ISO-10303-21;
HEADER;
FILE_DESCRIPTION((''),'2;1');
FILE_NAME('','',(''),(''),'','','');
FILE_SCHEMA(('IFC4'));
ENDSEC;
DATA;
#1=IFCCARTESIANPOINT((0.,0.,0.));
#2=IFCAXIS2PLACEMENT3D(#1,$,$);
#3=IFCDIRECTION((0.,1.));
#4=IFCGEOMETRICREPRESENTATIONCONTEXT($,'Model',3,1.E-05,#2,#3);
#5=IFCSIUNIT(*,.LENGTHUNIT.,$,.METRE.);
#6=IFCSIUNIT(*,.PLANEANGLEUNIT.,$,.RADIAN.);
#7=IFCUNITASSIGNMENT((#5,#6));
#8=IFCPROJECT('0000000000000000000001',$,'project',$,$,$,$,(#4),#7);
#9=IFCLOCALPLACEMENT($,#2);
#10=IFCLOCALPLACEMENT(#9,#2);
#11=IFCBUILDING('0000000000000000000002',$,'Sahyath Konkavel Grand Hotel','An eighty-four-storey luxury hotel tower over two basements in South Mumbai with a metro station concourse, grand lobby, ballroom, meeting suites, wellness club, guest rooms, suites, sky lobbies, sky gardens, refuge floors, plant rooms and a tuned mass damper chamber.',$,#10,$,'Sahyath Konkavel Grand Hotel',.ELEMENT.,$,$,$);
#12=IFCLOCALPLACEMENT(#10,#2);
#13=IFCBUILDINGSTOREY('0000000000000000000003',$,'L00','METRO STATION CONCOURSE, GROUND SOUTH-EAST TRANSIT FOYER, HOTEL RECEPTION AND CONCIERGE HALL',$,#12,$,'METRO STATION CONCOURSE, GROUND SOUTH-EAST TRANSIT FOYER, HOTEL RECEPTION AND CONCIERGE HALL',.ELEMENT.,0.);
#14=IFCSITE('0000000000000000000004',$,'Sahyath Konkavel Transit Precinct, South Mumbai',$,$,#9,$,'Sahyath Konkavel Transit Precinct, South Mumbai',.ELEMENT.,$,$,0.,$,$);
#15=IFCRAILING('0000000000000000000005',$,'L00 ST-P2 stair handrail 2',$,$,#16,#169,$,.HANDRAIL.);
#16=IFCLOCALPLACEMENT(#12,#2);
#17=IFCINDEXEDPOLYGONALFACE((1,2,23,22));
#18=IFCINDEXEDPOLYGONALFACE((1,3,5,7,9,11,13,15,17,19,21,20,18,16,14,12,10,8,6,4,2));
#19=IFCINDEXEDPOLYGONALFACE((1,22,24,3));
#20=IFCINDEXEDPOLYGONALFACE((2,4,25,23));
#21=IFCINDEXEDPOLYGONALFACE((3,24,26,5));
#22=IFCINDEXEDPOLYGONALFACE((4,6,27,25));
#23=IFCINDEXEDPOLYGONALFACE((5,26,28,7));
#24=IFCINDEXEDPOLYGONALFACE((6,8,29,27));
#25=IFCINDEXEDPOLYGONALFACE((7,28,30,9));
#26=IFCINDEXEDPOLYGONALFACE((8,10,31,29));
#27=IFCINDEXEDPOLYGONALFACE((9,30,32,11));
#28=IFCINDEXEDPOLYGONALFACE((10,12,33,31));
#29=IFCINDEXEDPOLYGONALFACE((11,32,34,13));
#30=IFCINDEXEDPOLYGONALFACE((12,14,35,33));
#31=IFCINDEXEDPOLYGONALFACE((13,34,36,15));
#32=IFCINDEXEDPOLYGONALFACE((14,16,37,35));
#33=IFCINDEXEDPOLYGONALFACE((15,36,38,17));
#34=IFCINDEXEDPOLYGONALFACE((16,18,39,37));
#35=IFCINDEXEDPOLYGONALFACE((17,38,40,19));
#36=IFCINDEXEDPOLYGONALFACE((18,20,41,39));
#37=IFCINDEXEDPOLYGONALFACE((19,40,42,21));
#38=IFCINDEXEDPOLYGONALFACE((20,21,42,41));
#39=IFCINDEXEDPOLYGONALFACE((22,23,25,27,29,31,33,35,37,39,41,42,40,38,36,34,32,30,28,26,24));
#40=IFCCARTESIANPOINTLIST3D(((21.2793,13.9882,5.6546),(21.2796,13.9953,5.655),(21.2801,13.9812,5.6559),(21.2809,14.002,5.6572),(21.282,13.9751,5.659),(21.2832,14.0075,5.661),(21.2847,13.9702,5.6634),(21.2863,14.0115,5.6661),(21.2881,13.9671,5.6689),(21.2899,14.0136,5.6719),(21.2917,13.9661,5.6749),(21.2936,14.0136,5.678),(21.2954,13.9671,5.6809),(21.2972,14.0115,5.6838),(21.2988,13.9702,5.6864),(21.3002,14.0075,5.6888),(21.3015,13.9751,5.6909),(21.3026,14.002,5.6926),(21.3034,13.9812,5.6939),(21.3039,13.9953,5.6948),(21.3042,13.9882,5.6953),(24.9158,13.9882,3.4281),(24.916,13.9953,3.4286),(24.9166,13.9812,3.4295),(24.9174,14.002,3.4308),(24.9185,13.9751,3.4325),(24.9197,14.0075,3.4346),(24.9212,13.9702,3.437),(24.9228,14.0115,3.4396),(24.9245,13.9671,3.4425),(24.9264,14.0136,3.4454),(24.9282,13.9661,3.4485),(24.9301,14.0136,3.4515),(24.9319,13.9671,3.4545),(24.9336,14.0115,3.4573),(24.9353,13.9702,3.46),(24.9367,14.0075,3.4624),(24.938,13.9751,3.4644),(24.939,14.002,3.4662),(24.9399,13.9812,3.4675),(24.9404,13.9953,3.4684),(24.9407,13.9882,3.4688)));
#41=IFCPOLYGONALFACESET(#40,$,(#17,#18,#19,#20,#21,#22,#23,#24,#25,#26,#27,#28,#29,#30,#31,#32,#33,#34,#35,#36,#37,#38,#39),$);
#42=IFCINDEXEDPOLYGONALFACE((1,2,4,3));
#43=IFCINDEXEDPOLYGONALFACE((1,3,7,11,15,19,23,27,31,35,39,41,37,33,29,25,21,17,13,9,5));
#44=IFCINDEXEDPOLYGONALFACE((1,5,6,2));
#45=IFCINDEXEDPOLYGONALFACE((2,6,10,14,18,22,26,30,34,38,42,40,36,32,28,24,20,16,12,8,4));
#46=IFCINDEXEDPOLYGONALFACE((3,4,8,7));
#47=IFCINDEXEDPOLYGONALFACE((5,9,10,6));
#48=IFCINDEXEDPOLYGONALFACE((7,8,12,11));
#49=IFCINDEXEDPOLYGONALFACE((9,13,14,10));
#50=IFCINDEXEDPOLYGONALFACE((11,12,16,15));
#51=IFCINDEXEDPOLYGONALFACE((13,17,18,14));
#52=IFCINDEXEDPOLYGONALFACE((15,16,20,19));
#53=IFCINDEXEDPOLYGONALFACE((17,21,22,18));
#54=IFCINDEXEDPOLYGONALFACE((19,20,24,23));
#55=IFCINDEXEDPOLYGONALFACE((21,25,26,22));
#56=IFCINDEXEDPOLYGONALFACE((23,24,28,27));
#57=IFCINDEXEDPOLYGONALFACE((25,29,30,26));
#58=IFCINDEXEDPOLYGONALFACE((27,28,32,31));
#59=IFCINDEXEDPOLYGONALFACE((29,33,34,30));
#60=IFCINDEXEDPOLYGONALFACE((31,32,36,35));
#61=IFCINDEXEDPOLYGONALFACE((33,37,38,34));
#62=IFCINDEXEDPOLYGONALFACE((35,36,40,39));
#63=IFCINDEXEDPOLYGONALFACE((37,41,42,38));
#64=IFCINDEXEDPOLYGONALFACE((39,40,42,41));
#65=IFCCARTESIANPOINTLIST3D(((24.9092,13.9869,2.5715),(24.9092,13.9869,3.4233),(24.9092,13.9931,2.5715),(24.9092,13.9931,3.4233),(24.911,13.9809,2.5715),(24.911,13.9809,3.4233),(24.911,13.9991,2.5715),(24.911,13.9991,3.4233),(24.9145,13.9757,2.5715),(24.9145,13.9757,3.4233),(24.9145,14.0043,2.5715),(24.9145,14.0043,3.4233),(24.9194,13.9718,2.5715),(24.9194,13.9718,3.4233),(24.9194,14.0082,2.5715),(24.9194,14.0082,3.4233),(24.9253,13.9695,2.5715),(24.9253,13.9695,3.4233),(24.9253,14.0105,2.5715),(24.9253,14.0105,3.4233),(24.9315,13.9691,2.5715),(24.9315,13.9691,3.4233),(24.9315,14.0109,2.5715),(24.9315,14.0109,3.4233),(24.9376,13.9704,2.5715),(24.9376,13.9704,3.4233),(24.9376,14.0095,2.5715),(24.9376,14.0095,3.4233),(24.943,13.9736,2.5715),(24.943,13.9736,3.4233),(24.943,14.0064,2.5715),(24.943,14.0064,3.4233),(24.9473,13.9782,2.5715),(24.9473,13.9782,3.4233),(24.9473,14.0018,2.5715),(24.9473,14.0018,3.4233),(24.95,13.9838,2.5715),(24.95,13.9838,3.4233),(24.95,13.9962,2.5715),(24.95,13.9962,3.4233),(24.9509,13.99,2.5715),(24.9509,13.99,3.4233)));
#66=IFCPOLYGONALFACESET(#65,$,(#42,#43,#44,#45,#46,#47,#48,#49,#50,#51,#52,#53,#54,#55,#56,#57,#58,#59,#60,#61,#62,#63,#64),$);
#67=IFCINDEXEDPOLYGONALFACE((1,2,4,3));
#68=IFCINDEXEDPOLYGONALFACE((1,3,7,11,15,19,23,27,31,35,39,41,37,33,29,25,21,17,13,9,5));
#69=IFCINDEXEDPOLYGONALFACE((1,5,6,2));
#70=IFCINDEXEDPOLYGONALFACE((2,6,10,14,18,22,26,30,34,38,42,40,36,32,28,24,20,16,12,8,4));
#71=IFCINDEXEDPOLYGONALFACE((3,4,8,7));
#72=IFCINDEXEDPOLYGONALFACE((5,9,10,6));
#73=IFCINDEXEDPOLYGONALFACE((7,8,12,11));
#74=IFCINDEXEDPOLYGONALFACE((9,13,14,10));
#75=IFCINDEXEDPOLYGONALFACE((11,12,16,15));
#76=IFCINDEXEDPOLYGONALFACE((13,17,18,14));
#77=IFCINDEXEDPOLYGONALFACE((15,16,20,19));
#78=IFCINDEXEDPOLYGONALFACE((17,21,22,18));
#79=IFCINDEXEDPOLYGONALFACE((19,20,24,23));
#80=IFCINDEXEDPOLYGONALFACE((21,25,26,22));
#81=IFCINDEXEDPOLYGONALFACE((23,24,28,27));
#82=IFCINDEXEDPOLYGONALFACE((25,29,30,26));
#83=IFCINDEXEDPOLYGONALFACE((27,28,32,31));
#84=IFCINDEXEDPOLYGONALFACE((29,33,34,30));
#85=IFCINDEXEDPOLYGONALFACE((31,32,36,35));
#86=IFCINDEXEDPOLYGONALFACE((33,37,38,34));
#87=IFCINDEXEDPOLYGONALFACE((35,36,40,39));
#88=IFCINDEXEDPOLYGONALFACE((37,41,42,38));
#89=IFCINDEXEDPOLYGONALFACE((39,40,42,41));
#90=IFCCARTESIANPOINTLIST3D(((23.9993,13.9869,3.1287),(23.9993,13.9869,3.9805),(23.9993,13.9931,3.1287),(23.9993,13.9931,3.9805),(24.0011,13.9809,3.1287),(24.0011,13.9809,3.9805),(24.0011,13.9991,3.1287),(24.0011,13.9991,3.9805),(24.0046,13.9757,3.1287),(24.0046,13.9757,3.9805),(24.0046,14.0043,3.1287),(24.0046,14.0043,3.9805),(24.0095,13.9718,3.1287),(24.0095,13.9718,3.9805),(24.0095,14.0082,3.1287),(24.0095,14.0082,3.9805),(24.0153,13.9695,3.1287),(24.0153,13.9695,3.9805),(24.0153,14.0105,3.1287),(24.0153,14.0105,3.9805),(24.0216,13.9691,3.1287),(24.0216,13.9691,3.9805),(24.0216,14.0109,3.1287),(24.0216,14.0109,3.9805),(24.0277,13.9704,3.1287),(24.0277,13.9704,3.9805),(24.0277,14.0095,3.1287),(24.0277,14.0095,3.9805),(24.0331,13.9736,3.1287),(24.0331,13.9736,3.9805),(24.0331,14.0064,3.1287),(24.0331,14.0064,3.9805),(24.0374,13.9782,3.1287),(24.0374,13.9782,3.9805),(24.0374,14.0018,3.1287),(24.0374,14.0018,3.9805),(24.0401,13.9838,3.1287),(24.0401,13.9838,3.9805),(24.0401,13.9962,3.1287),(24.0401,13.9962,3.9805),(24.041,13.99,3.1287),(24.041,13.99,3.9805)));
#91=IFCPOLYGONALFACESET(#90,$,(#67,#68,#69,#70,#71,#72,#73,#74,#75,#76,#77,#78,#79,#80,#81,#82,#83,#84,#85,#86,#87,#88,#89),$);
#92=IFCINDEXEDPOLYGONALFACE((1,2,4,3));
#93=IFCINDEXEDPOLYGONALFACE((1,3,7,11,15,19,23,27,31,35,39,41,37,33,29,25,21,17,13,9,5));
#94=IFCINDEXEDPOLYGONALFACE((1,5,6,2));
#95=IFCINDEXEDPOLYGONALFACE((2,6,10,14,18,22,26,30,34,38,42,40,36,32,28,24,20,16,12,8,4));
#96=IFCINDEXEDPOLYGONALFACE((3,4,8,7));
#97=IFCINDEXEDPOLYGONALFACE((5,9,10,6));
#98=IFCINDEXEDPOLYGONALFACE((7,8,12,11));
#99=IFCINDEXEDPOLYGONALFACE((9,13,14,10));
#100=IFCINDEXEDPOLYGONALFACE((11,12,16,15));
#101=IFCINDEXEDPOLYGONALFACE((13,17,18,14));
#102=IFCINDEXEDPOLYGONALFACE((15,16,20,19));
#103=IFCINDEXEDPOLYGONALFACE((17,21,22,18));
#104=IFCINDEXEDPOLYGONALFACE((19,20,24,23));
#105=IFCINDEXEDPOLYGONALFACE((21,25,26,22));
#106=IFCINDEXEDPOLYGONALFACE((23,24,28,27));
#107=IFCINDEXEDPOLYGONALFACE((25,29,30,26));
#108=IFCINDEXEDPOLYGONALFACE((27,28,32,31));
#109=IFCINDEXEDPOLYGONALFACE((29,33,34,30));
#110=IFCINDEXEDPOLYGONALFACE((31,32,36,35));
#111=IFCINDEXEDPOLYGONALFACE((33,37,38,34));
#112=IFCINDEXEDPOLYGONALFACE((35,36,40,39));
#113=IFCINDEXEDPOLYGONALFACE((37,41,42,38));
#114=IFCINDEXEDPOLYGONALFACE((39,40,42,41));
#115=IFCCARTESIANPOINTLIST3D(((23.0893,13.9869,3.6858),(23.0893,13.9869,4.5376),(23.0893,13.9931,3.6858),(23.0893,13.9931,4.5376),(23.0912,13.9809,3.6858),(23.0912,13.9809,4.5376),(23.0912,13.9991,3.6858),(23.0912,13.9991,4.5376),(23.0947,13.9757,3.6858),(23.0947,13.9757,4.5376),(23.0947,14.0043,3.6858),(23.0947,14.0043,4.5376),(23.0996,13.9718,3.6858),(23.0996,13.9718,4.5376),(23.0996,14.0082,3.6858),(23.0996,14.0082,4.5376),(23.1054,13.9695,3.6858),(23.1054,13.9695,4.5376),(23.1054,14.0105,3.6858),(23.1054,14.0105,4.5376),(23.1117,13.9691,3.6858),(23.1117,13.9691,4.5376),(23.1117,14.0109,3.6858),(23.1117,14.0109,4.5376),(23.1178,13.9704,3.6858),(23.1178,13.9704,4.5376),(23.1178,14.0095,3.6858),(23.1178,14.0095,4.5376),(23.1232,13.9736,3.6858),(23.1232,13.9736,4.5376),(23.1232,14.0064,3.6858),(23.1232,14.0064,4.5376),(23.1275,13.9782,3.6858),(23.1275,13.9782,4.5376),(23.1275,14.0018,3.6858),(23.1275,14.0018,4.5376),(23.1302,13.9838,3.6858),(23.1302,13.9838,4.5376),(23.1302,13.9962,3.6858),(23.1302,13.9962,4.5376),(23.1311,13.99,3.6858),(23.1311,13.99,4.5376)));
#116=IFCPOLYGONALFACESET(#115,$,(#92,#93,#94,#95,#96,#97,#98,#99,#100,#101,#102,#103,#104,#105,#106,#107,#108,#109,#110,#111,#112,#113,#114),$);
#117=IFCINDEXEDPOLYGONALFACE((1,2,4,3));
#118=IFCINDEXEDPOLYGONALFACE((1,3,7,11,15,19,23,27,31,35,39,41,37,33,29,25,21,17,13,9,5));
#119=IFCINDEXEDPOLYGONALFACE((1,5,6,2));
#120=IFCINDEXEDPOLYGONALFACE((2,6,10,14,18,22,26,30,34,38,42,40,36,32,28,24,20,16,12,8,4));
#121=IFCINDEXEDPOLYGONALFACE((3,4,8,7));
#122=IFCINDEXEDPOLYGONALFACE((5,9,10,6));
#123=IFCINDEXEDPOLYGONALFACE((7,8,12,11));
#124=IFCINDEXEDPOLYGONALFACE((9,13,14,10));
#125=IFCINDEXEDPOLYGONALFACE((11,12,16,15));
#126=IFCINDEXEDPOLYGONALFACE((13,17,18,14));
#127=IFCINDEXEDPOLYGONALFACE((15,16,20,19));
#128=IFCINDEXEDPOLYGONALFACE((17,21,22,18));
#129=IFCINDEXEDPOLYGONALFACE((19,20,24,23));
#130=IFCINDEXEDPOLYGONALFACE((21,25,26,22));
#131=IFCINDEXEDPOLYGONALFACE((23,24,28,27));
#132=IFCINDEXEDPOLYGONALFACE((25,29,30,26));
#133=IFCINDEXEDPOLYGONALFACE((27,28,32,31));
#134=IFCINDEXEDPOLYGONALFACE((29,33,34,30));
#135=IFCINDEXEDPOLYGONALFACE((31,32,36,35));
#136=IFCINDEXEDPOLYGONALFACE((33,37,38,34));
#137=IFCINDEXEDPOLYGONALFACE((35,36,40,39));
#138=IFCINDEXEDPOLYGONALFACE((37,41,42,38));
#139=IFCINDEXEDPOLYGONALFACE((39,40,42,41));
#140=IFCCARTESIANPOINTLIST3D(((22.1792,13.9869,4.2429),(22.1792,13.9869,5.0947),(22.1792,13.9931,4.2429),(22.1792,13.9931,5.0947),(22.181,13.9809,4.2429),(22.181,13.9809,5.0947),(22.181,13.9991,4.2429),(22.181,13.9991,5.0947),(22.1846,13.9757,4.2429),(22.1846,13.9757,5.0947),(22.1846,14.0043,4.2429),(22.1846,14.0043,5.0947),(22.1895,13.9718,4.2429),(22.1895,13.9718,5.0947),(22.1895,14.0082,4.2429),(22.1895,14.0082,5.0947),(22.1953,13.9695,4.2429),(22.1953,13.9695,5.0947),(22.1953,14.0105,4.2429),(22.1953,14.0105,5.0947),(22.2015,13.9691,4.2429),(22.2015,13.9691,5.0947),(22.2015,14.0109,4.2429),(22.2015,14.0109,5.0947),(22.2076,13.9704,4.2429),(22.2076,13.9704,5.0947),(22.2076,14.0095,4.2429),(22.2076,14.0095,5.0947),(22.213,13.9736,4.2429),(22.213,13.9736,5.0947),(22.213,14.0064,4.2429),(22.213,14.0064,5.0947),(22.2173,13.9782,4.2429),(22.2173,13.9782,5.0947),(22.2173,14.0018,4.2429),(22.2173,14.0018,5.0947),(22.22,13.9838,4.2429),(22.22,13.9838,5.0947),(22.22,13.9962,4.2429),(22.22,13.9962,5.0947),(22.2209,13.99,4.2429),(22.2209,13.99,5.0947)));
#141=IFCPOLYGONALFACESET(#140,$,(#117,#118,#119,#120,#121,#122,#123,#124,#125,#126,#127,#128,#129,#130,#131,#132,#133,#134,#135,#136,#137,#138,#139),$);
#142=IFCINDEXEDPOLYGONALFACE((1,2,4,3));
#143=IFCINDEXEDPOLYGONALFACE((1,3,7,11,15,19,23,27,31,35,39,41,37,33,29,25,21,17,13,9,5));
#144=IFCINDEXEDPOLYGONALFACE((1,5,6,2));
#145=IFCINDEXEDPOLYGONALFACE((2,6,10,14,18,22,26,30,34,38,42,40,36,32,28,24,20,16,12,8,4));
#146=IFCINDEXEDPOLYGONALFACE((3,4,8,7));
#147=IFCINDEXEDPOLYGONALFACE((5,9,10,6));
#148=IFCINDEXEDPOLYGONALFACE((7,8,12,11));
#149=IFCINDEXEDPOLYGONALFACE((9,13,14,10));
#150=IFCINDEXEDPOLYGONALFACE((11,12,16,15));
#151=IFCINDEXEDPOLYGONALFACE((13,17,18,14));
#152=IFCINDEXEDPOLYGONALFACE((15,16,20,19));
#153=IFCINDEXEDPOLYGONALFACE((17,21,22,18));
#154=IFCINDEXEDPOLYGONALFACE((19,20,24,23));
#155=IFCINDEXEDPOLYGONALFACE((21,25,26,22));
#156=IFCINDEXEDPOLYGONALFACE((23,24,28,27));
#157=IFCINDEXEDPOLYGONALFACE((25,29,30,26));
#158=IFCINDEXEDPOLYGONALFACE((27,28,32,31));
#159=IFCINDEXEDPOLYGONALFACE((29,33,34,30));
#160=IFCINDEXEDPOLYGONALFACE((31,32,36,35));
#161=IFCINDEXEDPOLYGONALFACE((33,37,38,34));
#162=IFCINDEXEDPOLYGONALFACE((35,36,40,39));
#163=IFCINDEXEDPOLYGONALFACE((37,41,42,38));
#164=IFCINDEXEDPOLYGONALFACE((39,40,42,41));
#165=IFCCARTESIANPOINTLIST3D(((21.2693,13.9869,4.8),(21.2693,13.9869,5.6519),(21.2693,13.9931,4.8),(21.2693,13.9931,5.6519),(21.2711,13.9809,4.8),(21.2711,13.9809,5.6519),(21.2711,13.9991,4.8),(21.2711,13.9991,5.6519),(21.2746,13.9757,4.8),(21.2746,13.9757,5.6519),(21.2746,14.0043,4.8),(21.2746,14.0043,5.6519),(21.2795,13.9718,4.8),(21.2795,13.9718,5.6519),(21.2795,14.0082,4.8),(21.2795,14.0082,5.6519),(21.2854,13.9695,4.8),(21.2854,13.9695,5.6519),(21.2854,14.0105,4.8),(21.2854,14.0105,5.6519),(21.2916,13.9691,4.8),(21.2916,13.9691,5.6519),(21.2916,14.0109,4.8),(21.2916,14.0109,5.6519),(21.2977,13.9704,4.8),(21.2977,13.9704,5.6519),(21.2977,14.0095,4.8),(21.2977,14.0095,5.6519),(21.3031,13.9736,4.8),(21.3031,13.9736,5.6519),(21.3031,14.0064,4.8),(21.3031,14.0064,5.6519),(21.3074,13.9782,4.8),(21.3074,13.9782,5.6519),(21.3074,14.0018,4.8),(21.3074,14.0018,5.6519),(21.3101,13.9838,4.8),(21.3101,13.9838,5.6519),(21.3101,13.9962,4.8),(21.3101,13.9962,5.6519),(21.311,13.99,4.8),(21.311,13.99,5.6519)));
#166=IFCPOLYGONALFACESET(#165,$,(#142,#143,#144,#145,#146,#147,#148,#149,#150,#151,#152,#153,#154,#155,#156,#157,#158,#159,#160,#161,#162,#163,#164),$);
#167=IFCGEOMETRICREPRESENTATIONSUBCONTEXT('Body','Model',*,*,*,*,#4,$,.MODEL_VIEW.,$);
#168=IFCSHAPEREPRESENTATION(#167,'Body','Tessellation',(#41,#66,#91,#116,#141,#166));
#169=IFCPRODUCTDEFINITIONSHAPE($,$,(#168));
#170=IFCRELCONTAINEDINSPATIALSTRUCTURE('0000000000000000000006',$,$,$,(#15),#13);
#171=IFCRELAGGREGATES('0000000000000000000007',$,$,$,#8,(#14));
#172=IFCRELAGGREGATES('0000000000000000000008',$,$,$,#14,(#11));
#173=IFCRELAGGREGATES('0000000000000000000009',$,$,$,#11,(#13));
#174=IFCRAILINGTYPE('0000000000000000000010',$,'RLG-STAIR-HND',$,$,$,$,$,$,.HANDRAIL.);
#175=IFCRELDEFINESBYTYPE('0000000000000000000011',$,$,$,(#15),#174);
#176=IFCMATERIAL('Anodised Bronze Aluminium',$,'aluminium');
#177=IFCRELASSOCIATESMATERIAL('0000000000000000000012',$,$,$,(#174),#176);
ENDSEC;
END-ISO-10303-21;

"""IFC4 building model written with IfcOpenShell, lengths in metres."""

from ifc_helpers import new_model, si_unit, direction, frame, origin, origin_2d, place, context, subcontext, project, spatial, circle, extrude, material, type_object, element, save


model = new_model("IFC4")

# Units and contexts
model_context = context("Model", 3, precision=1e-05, world=origin(), true_north=direction((0.0, 1.0)))
body_context = subcontext(model_context, "Body", "Model", "MODEL_VIEW")
ifc_project = project(units=[si_unit("LENGTHUNIT", "METRE"), si_unit("PLANEANGLEUNIT", "RADIAN")], contexts=[model_context])

# Site, building, storey
site_placement = place(None, origin())
site = spatial("IfcSite", under=ifc_project, at=site_placement, Name="Sahyath Konkavel Transit Precinct, South Mumbai", LongName="Sahyath Konkavel Transit Precinct, South Mumbai", CompositionType="ELEMENT", RefElevation=0.0)
building_placement = place(site_placement, origin())
building = spatial("IfcBuilding", under=site, at=building_placement, Name="Sahyath Konkavel Grand Hotel", Description="An eighty-four-storey luxury hotel tower over two basements in South Mumbai with a metro station concourse, grand lobby, ballroom, meeting suites, wellness club, guest rooms, suites, sky lobbies, sky gardens, refuge floors, plant rooms and a tuned mass damper chamber.", LongName="Sahyath Konkavel Grand Hotel", CompositionType="ELEMENT")
storey_placement = place(building_placement, origin())
storey = spatial("IfcBuildingStorey", under=building, at=storey_placement, Name="L00", Description="METRO STATION CONCOURSE, GROUND SOUTH-EAST TRANSIT FOYER, HOTEL RECEPTION AND CONCIERGE HALL", LongName="METRO STATION CONCOURSE, GROUND SOUTH-EAST TRANSIT FOYER, HOTEL RECEPTION AND CONCIERGE HALL", CompositionType="ELEMENT", Elevation=0.0)

# Railing
ifc_material_1 = material(Name="Anodised Bronze Aluminium", Category="aluminium")
railing_type_1 = type_object("IfcRailingType", Name="RLG-STAIR-HND", PredefinedType="HANDRAIL", material=ifc_material_1)
railing_1_placement = place(storey_placement, frame((24.9299, 13.99, 2.5715)))
element("IfcRailing", 1, at=railing_1_placement, inside=storey, type_object=railing_type_1, Name="L00 ST-P2 stair handrail 2", PredefinedType="HANDRAIL", context=body_context, shape_type="SweptSolid", body=[
    extrude(circle(Radius=0.0239, at=origin_2d()), frame((-0.0017, 0.0, 0.877), z_axis=(-0.85285, 0.0, 0.522156), x_axis=(0.0, -1.0, 0.0)), (0.0, 0.0, 1.0), 4.2639),
    extrude(circle(Radius=0.021, at=origin_2d()), origin(), (0.0, 0.0, 1.0), 0.8518),
    extrude(circle(Radius=0.021, at=origin_2d()), frame((-0.9099, 0.0, 0.5571)), (0.0, 0.0, 1.0), 0.8518),
    extrude(circle(Radius=0.021, at=origin_2d()), frame((-1.8198, 0.0, 1.1143)), (0.0, 0.0, 1.0), 0.8518),
    extrude(circle(Radius=0.021, at=origin_2d()), frame((-2.73, 0.0, 1.6714)), (0.0, 0.0, 1.0), 0.8518),
    extrude(circle(Radius=0.021, at=origin_2d()), frame((-3.6399, 0.0, 2.2285)), (0.0, 0.0, 1.0), 0.8518),
])

save(model, "model.ifc")
